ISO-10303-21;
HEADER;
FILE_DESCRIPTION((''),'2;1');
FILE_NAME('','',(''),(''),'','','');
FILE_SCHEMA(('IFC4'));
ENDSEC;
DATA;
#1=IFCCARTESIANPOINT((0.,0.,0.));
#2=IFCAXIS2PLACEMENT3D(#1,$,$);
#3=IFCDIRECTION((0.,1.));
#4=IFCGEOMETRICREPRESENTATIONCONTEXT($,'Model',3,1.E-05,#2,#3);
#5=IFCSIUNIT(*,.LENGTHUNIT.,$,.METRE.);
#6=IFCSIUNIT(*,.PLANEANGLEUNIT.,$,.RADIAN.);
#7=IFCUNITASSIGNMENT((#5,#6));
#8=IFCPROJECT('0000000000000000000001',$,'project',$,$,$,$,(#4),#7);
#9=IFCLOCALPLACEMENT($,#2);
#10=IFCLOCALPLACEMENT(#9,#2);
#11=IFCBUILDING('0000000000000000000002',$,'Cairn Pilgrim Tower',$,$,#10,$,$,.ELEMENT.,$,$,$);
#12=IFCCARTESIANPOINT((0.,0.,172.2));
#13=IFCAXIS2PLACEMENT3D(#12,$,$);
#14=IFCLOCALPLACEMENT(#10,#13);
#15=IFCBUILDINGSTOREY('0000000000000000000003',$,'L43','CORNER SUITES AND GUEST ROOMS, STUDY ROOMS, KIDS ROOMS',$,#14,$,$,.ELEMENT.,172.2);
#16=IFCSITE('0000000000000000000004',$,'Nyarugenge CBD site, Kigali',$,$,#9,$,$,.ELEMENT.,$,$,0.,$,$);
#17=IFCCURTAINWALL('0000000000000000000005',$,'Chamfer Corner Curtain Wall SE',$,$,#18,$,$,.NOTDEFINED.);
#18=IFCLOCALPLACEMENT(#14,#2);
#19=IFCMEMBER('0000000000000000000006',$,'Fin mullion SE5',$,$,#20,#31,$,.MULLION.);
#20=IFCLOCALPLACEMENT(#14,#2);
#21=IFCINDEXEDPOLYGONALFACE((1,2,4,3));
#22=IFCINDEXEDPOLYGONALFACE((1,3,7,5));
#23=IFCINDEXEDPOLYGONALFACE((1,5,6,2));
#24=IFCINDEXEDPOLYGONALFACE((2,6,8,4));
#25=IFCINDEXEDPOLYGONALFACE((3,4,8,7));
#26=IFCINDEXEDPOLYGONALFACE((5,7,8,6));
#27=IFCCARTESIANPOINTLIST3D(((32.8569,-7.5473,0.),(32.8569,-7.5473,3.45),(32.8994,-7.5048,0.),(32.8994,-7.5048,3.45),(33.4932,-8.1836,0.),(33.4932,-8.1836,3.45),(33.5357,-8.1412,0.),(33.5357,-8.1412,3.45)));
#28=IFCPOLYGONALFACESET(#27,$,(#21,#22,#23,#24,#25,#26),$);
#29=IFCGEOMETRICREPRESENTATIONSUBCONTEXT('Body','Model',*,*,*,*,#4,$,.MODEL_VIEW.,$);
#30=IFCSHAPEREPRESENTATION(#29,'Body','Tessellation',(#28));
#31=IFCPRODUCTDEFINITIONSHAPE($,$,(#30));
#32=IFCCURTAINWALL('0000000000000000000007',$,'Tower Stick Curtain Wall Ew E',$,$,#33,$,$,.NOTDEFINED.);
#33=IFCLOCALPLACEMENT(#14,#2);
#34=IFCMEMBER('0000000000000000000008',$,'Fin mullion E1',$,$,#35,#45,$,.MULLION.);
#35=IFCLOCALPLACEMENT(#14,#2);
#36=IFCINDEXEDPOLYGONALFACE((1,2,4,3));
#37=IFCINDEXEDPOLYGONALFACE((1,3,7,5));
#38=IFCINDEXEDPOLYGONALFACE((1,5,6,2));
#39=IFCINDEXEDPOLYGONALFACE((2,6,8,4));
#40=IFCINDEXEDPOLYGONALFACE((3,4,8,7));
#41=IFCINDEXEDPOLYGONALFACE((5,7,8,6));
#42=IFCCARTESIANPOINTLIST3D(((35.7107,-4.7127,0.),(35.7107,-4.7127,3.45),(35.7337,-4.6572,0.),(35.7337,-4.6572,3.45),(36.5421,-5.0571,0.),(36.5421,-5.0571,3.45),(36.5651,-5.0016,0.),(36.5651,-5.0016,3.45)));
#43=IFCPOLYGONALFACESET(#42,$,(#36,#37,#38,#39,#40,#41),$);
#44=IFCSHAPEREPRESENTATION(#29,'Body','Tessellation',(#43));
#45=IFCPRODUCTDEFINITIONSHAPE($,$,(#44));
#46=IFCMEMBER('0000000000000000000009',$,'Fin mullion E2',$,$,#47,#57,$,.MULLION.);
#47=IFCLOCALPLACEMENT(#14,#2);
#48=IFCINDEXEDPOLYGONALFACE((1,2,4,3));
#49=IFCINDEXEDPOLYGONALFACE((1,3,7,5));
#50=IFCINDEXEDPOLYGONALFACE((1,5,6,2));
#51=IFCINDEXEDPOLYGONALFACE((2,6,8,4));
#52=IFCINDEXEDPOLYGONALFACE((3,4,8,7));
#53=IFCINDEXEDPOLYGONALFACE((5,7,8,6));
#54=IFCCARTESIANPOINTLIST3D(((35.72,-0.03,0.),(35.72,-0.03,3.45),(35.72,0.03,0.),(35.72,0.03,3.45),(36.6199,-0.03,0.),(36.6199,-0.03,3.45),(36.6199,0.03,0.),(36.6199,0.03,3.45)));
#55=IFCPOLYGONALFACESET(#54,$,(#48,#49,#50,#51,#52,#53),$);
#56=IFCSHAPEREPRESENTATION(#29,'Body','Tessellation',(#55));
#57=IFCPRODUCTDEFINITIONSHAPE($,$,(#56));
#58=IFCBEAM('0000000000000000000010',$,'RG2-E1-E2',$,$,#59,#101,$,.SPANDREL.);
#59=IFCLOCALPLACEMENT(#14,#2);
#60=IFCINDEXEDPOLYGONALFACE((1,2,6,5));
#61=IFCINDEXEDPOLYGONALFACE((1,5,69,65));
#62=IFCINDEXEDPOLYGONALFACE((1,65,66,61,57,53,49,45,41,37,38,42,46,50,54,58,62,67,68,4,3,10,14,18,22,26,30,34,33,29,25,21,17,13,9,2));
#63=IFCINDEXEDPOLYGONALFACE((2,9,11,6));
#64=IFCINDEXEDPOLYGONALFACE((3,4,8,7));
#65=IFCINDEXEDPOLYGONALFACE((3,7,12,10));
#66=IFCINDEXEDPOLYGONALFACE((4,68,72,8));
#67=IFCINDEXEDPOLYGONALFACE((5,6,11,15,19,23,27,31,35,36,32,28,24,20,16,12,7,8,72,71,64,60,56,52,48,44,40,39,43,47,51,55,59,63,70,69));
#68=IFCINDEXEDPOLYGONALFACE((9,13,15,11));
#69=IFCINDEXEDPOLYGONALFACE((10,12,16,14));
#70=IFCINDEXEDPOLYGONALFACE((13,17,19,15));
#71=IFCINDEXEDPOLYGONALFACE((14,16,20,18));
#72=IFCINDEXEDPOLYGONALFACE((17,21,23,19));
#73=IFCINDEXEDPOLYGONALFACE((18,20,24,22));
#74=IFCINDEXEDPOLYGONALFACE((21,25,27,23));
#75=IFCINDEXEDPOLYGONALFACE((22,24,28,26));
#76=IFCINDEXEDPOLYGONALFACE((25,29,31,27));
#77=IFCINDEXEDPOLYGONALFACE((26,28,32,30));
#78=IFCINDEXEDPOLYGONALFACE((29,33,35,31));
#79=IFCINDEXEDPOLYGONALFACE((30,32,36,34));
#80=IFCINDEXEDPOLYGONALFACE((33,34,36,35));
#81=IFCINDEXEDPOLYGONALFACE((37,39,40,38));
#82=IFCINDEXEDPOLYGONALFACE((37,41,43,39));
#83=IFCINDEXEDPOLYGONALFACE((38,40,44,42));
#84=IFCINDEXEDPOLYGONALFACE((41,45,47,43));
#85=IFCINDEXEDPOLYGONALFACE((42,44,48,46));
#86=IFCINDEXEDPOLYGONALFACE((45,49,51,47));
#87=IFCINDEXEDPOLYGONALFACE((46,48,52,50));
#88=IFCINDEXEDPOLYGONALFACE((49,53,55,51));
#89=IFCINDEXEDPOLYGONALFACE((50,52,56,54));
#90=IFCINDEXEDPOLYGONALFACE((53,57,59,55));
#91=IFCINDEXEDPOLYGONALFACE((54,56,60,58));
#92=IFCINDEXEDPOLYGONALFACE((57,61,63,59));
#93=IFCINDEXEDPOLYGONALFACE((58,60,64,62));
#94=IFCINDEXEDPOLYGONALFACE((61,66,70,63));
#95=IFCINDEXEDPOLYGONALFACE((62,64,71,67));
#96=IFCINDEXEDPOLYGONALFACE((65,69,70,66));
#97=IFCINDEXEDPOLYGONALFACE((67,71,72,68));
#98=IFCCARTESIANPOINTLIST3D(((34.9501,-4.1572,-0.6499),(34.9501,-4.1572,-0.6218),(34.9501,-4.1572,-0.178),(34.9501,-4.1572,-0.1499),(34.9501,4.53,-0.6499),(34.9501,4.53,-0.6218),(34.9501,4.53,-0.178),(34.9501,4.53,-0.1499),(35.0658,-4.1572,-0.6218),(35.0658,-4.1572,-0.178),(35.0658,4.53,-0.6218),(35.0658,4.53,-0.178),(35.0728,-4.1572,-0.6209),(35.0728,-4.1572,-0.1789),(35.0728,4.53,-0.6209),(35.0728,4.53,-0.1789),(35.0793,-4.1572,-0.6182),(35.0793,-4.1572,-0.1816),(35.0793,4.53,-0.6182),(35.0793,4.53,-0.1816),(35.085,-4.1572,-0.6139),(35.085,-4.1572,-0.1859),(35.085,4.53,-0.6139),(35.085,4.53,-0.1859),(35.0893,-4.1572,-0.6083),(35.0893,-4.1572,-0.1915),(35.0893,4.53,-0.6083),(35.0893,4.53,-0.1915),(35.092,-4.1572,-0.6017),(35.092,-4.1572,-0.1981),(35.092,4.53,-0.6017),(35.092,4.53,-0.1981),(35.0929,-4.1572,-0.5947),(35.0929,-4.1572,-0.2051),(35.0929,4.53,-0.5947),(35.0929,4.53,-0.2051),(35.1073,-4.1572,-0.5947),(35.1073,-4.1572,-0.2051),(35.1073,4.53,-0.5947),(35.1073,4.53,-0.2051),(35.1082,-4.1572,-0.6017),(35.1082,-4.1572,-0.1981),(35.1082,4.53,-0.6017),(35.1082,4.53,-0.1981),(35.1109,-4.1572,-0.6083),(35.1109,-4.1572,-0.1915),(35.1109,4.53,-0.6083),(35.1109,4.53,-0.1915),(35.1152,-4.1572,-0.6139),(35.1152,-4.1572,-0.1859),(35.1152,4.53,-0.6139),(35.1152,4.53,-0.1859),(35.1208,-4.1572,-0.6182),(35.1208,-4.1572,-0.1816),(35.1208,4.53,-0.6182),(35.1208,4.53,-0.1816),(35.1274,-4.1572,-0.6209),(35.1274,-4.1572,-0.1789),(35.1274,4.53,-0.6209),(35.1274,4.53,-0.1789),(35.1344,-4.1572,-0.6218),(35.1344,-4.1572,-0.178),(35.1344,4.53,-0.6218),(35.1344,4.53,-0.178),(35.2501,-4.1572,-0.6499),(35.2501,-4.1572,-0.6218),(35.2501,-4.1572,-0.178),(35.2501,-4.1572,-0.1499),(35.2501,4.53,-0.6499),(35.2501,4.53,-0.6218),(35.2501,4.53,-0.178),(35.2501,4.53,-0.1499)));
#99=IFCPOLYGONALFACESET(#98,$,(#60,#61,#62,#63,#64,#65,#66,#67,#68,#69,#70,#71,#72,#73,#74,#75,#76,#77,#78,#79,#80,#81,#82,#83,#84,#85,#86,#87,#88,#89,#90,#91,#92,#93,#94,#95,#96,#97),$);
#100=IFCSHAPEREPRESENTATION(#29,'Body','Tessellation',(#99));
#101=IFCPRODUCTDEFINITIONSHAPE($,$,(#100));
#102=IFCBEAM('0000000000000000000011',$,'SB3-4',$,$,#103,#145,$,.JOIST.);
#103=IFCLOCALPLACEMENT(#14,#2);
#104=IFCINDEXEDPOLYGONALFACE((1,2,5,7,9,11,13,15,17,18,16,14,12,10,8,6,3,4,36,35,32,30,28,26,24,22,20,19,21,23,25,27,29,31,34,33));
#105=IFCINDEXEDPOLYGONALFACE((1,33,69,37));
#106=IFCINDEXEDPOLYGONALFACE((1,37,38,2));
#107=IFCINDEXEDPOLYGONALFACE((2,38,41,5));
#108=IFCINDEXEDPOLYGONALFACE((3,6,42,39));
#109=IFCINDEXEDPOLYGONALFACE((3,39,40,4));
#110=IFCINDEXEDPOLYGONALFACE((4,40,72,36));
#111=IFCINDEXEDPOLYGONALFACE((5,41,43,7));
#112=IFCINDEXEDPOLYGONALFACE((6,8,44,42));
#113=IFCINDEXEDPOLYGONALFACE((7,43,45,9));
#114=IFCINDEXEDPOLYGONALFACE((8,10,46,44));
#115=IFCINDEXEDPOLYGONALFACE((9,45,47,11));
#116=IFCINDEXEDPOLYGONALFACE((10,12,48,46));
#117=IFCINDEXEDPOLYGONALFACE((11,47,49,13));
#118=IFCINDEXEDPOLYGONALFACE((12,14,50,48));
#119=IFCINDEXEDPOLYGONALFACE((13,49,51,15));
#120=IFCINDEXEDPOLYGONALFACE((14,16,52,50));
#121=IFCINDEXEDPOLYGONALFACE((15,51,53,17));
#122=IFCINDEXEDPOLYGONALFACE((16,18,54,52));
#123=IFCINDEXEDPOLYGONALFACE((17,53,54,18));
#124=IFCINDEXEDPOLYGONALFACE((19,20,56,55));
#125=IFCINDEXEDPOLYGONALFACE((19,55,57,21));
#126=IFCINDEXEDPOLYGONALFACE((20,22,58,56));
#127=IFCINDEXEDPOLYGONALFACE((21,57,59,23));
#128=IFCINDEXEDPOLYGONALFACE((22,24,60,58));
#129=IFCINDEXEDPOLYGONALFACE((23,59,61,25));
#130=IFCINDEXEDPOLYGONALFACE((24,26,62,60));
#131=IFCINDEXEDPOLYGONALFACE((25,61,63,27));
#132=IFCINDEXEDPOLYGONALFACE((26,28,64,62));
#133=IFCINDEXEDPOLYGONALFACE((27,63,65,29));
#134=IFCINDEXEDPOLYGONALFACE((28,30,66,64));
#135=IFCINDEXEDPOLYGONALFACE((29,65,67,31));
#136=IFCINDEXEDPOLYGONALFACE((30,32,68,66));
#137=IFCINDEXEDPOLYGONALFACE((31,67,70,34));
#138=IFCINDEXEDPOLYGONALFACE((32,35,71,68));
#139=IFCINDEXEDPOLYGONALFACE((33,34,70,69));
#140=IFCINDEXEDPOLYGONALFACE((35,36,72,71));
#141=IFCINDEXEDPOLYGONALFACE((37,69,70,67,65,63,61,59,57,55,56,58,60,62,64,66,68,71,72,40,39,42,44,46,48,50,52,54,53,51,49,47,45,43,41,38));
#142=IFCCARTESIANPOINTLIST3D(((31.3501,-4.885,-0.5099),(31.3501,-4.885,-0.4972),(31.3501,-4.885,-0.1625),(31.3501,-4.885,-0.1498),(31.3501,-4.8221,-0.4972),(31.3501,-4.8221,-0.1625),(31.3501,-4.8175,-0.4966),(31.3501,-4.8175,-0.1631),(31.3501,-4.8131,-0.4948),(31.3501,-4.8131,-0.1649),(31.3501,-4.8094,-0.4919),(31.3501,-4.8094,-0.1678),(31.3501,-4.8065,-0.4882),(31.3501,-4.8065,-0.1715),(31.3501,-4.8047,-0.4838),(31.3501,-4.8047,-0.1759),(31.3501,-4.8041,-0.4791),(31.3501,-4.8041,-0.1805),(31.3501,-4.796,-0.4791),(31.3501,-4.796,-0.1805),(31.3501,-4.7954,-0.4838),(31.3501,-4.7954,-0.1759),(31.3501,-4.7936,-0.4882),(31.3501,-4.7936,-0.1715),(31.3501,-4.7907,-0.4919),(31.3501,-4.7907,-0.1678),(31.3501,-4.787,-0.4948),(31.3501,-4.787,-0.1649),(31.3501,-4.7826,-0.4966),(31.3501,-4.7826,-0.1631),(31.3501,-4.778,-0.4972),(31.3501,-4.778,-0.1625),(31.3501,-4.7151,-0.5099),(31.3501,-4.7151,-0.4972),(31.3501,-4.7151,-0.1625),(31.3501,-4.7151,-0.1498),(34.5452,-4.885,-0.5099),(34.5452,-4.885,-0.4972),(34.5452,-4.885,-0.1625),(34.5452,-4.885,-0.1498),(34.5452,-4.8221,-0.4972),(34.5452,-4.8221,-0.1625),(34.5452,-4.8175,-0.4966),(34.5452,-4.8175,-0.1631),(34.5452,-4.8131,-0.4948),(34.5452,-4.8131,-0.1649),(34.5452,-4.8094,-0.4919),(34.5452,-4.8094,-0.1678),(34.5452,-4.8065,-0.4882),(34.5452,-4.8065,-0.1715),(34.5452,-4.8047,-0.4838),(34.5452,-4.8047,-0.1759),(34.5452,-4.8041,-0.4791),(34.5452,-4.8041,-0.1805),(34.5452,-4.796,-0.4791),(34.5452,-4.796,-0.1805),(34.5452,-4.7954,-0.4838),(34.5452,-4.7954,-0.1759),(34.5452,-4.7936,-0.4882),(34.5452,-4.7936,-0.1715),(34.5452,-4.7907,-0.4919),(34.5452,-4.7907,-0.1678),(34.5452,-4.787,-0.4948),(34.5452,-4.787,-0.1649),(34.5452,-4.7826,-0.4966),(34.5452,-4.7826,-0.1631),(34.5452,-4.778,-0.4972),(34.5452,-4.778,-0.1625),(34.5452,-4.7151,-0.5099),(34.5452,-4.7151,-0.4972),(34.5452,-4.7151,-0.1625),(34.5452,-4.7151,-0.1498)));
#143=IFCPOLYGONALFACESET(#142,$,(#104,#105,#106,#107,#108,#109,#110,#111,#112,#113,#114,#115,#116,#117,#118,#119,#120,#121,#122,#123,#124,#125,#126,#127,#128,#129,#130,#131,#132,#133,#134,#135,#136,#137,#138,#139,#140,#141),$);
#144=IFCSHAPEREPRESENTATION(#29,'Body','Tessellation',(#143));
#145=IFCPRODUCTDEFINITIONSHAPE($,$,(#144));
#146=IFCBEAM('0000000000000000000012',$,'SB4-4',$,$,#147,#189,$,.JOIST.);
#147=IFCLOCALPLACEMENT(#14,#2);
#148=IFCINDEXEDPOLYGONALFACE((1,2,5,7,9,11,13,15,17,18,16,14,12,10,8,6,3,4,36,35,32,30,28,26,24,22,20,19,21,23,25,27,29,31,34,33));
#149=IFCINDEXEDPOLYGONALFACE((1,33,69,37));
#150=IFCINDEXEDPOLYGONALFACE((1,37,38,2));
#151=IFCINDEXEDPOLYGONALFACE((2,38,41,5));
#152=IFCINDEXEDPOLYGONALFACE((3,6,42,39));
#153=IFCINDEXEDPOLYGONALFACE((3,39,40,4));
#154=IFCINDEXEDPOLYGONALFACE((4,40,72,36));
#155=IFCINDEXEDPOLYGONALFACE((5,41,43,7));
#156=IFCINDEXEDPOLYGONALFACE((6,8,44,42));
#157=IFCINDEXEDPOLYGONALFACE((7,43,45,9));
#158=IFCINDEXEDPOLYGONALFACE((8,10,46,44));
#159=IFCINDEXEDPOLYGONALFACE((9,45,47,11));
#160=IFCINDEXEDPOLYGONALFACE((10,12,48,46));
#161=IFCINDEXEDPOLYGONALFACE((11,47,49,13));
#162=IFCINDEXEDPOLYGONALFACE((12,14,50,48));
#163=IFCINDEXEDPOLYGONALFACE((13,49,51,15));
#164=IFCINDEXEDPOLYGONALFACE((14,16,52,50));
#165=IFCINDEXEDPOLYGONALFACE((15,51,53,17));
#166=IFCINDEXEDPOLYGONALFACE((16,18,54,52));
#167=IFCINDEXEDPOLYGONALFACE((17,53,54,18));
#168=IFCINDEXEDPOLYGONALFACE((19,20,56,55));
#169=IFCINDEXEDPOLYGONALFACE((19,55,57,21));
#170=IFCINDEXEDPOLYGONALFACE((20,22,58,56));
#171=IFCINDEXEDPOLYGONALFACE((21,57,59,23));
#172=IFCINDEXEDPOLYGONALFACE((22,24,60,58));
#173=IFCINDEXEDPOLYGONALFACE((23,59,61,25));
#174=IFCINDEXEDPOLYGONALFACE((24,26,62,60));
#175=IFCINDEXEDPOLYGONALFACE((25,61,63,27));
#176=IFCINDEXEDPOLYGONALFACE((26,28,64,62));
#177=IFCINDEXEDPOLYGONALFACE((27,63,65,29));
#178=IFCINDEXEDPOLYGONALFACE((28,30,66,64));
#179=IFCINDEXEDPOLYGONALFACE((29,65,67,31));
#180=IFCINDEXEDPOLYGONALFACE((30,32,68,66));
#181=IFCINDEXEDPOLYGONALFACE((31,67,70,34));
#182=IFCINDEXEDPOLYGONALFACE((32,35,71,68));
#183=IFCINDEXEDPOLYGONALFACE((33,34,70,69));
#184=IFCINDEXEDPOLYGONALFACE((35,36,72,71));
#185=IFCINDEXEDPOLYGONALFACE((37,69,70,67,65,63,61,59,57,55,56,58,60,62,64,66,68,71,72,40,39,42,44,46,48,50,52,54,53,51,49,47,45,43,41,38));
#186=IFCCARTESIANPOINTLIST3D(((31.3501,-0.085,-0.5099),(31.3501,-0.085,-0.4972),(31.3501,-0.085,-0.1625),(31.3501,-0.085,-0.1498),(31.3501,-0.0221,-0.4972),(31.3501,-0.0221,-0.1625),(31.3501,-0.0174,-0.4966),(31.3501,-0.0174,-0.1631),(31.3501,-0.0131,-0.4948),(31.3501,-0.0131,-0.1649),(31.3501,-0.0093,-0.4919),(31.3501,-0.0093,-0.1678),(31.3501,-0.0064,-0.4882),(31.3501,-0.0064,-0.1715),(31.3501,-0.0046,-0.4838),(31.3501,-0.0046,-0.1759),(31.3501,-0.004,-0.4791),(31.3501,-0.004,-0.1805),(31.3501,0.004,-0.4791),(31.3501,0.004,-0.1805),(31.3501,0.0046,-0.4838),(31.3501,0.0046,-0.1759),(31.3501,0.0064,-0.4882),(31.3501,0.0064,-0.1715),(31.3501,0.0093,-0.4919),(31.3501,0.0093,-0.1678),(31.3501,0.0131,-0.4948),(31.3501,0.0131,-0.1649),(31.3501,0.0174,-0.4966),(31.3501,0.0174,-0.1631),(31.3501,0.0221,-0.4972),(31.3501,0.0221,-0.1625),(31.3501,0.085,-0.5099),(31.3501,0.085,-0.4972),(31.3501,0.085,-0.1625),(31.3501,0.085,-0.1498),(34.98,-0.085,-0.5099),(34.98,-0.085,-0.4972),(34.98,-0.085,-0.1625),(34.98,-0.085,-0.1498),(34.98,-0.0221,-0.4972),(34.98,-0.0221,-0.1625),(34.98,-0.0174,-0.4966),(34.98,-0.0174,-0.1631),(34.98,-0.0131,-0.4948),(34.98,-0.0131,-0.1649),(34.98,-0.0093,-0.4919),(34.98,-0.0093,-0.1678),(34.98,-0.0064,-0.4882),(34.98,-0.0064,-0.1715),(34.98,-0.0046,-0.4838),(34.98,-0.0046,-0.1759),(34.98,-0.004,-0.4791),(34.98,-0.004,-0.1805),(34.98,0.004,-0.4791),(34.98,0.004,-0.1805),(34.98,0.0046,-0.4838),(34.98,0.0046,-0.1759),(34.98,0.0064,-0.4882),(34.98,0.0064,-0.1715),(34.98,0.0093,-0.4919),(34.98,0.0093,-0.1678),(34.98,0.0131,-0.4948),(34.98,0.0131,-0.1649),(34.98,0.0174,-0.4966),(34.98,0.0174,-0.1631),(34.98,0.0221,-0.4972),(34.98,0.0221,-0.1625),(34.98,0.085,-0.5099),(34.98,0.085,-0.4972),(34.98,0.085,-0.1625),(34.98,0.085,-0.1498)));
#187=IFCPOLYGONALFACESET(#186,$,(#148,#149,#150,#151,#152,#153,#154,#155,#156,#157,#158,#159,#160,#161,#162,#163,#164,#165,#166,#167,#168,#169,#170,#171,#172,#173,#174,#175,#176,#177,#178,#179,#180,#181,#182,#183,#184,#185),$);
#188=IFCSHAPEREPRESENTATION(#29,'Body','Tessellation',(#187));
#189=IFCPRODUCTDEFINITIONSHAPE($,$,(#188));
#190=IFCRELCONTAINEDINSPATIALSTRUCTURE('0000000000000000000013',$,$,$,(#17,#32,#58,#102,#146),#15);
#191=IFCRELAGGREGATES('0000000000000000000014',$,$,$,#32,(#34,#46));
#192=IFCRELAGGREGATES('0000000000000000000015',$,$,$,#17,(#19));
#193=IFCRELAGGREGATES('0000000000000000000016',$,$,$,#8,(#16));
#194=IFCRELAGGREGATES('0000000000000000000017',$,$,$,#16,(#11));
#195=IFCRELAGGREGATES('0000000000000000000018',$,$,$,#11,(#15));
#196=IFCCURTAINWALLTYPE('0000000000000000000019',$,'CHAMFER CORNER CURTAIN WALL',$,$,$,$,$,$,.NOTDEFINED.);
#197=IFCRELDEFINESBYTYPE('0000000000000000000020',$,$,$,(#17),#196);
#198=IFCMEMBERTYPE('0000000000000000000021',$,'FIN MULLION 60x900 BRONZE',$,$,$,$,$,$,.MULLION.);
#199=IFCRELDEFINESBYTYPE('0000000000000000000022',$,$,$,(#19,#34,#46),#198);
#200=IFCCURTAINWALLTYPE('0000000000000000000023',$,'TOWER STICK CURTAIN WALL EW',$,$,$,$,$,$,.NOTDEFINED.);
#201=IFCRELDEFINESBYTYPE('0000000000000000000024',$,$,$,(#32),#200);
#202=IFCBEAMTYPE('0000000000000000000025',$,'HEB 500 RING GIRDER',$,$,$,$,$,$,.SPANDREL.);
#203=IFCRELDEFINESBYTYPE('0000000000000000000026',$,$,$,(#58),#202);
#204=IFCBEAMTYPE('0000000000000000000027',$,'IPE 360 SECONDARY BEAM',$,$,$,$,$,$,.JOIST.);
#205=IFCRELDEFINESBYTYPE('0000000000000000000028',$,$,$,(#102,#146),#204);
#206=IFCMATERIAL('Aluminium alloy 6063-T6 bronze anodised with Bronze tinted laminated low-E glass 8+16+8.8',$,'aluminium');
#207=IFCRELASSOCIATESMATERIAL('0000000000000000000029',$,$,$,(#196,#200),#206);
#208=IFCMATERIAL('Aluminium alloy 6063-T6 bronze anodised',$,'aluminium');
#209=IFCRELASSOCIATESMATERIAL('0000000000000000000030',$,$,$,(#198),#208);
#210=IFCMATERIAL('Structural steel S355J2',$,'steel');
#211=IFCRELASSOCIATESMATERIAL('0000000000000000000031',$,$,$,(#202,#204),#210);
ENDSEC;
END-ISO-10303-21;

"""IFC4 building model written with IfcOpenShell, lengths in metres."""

from ifc_helpers import new_model, si_unit, direction, frame, origin, origin_2d, place, context, subcontext, project, spatial, rectangle, i_section, extrude, material, material_profile, profile_set, type_object, element, aggregate, save


model = new_model("IFC4")

# Units and contexts
model_context = context("Model", 3, precision=1e-05, world=origin(), true_north=direction((0.0, 1.0)))
body_context = subcontext(model_context, "Body", "Model", "MODEL_VIEW")
ifc_project = project(units=[si_unit("LENGTHUNIT", "METRE"), si_unit("PLANEANGLEUNIT", "RADIAN")], contexts=[model_context])

# Site, building, storey
site_placement = place(None, origin())
site = spatial("IfcSite", under=ifc_project, at=site_placement, Name="Nyarugenge CBD site, Kigali", CompositionType="ELEMENT", RefElevation=0.0)
building_placement = place(site_placement, origin())
building = spatial("IfcBuilding", under=site, at=building_placement, Name="Cairn Pilgrim Tower", CompositionType="ELEMENT")
storey_placement = place(building_placement, frame((0.0, 0.0, 172.2)))
storey = spatial("IfcBuildingStorey", under=building, at=storey_placement, Name="L43", Description="CORNER SUITES AND GUEST ROOMS, STUDY ROOMS, KIDS ROOMS", CompositionType="ELEMENT", Elevation=172.2)

# Curtain wall, member
ifc_material_1 = material(Name="Aluminium alloy 6063-T6 bronze anodised with Bronze tinted laminated low-E glass 8+16+8.8", Category="aluminium")
curtain_wall_type_1 = type_object("IfcCurtainWallType", Name="CHAMFER CORNER CURTAIN WALL", PredefinedType="NOTDEFINED", material=ifc_material_1)
curtain_wall_1_placement = place(storey_placement, origin())
curtain_wall_1 = element("IfcCurtainWall", 1, at=curtain_wall_1_placement, inside=storey, type_object=curtain_wall_type_1, Name="Chamfer Corner Curtain Wall SE", PredefinedType="NOTDEFINED")
ifc_material_2 = material(Name="Aluminium alloy 6063-T6 bronze anodised", Category="aluminium")
ifc_material_profile_1 = material_profile(ifc_material_2, rectangle(XDim=0.8999, YDim=0.0601, at=origin_2d()), Name="FIN MULLION 60x900 BRONZE")
ifc_profile_set_1 = profile_set([ifc_material_profile_1], Name="Aluminium alloy 6063-T6 bronze anodised")
member_type_1 = type_object("IfcMemberType", Name="FIN MULLION 60x900 BRONZE", PredefinedType="MULLION", material=ifc_profile_set_1)
member_1_placement = place(storey_placement, frame((33.1963, -7.8442, 0.0), z_axis=(0.0, 0.0, 1.0), x_axis=(0.707107, -0.707107, 0.0)))
member_1 = element("IfcMember", 2, at=member_1_placement, type_object=member_type_1, Name="Fin mullion SE5", PredefinedType="MULLION", context=body_context, shape_type="SweptSolid", body=[
    extrude(rectangle(XDim=0.8999, YDim=0.0601, at=origin_2d()), origin(), (0.0, 0.0, 1.0), 3.45),
])

# Curtain wall, members
curtain_wall_type_2 = type_object("IfcCurtainWallType", Name="TOWER STICK CURTAIN WALL EW", PredefinedType="NOTDEFINED", material=ifc_material_1)
curtain_wall_2_placement = place(storey_placement, origin())
curtain_wall_2 = element("IfcCurtainWall", 3, at=curtain_wall_2_placement, inside=storey, type_object=curtain_wall_type_2, Name="Tower Stick Curtain Wall Ew E", PredefinedType="NOTDEFINED")
member_2_placement = place(storey_placement, frame((36.1379, -4.8572, 0.0), z_axis=(0.0, 0.0, 1.0), x_axis=(0.92388, -0.382683, 0.0)))
member_2 = element("IfcMember", 4, at=member_2_placement, type_object=member_type_1, Name="Fin mullion E1", PredefinedType="MULLION", context=body_context, shape_type="SweptSolid", body=[
    extrude(rectangle(XDim=0.8999, YDim=0.0601, at=origin_2d()), origin(), (0.0, 0.0, 1.0), 3.45),
])
member_3_placement = place(storey_placement, frame((36.1699, 0.0, 0.0), z_axis=(0.0, 0.0, 1.0), x_axis=(1.0, 0.0, 0.0)))
member_3 = element("IfcMember", 5, at=member_3_placement, type_object=member_type_1, Name="Fin mullion E2", PredefinedType="MULLION", context=body_context, shape_type="SweptSolid", body=[
    extrude(rectangle(XDim=0.8999, YDim=0.0601, at=origin_2d()), origin(), (0.0, 0.0, 1.0), 3.45),
])
aggregate(curtain_wall_2, [member_2, member_3])

# Beams
ifc_material_3 = material(Name="Structural steel S355J2", Category="steel")
ifc_material_profile_2 = material_profile(ifc_material_3, i_section(OverallWidth=0.3, OverallDepth=0.5, WebThickness=0.0144, FlangeThickness=0.0281, FilletRadius=0.0271, at=origin_2d()), Name="HEB 500")
ifc_profile_set_2 = profile_set([ifc_material_profile_2], Name="Structural steel S355J2")
beam_type_1 = type_object("IfcBeamType", Name="HEB 500 RING GIRDER", PredefinedType="SPANDREL", material=ifc_profile_set_2)
beam_1_placement = place(storey_placement, frame((35.1001, -4.1572, -0.3999), z_axis=(0.0, 1.0, 0.0), x_axis=(-1.0, 0.0, 0.0)))
element("IfcBeam", 6, at=beam_1_placement, inside=storey, type_object=beam_type_1, Name="RG2-E1-E2", PredefinedType="SPANDREL", context=body_context, shape_type="SweptSolid", body=[
    extrude(i_section(OverallWidth=0.3, OverallDepth=0.5, WebThickness=0.0144, FlangeThickness=0.0281, FilletRadius=0.0271, at=origin_2d()), origin(), (0.0, 0.0, 1.0), 8.6873),
])
ifc_material_profile_3 = material_profile(ifc_material_3, i_section(OverallWidth=0.1699, OverallDepth=0.3601, WebThickness=0.0081, FlangeThickness=0.0127, FilletRadius=0.0181, at=origin_2d()), Name="IPE 360")
ifc_profile_set_3 = profile_set([ifc_material_profile_3], Name="Structural steel S355J2")
beam_type_2 = type_object("IfcBeamType", Name="IPE 360 SECONDARY BEAM", PredefinedType="JOIST", material=ifc_profile_set_3)
beam_2_placement = place(storey_placement, frame((31.3501, -4.8, -0.3298), z_axis=(1.0, 0.0, 0.0), x_axis=(0.0, 1.0, 0.0)))
element("IfcBeam", 7, at=beam_2_placement, inside=storey, type_object=beam_type_2, Name="SB3-4", PredefinedType="JOIST", context=body_context, shape_type="SweptSolid", body=[
    extrude(i_section(OverallWidth=0.1699, OverallDepth=0.3601, WebThickness=0.0081, FlangeThickness=0.0127, FilletRadius=0.0181, at=origin_2d()), origin(), (0.0, 0.0, 1.0), 3.1951),
])
beam_3_placement = place(storey_placement, frame((31.3501, 0.0, -0.3298), z_axis=(1.0, 0.0, 0.0), x_axis=(0.0, 1.0, 0.0)))
element("IfcBeam", 8, at=beam_3_placement, inside=storey, type_object=beam_type_2, Name="SB4-4", PredefinedType="JOIST", context=body_context, shape_type="SweptSolid", body=[
    extrude(i_section(OverallWidth=0.1699, OverallDepth=0.3601, WebThickness=0.0081, FlangeThickness=0.0127, FilletRadius=0.0181, at=origin_2d()), origin(), (0.0, 0.0, 1.0), 3.6299),
])

aggregate(curtain_wall_1, [member_1])

save(model, "model.ifc")
